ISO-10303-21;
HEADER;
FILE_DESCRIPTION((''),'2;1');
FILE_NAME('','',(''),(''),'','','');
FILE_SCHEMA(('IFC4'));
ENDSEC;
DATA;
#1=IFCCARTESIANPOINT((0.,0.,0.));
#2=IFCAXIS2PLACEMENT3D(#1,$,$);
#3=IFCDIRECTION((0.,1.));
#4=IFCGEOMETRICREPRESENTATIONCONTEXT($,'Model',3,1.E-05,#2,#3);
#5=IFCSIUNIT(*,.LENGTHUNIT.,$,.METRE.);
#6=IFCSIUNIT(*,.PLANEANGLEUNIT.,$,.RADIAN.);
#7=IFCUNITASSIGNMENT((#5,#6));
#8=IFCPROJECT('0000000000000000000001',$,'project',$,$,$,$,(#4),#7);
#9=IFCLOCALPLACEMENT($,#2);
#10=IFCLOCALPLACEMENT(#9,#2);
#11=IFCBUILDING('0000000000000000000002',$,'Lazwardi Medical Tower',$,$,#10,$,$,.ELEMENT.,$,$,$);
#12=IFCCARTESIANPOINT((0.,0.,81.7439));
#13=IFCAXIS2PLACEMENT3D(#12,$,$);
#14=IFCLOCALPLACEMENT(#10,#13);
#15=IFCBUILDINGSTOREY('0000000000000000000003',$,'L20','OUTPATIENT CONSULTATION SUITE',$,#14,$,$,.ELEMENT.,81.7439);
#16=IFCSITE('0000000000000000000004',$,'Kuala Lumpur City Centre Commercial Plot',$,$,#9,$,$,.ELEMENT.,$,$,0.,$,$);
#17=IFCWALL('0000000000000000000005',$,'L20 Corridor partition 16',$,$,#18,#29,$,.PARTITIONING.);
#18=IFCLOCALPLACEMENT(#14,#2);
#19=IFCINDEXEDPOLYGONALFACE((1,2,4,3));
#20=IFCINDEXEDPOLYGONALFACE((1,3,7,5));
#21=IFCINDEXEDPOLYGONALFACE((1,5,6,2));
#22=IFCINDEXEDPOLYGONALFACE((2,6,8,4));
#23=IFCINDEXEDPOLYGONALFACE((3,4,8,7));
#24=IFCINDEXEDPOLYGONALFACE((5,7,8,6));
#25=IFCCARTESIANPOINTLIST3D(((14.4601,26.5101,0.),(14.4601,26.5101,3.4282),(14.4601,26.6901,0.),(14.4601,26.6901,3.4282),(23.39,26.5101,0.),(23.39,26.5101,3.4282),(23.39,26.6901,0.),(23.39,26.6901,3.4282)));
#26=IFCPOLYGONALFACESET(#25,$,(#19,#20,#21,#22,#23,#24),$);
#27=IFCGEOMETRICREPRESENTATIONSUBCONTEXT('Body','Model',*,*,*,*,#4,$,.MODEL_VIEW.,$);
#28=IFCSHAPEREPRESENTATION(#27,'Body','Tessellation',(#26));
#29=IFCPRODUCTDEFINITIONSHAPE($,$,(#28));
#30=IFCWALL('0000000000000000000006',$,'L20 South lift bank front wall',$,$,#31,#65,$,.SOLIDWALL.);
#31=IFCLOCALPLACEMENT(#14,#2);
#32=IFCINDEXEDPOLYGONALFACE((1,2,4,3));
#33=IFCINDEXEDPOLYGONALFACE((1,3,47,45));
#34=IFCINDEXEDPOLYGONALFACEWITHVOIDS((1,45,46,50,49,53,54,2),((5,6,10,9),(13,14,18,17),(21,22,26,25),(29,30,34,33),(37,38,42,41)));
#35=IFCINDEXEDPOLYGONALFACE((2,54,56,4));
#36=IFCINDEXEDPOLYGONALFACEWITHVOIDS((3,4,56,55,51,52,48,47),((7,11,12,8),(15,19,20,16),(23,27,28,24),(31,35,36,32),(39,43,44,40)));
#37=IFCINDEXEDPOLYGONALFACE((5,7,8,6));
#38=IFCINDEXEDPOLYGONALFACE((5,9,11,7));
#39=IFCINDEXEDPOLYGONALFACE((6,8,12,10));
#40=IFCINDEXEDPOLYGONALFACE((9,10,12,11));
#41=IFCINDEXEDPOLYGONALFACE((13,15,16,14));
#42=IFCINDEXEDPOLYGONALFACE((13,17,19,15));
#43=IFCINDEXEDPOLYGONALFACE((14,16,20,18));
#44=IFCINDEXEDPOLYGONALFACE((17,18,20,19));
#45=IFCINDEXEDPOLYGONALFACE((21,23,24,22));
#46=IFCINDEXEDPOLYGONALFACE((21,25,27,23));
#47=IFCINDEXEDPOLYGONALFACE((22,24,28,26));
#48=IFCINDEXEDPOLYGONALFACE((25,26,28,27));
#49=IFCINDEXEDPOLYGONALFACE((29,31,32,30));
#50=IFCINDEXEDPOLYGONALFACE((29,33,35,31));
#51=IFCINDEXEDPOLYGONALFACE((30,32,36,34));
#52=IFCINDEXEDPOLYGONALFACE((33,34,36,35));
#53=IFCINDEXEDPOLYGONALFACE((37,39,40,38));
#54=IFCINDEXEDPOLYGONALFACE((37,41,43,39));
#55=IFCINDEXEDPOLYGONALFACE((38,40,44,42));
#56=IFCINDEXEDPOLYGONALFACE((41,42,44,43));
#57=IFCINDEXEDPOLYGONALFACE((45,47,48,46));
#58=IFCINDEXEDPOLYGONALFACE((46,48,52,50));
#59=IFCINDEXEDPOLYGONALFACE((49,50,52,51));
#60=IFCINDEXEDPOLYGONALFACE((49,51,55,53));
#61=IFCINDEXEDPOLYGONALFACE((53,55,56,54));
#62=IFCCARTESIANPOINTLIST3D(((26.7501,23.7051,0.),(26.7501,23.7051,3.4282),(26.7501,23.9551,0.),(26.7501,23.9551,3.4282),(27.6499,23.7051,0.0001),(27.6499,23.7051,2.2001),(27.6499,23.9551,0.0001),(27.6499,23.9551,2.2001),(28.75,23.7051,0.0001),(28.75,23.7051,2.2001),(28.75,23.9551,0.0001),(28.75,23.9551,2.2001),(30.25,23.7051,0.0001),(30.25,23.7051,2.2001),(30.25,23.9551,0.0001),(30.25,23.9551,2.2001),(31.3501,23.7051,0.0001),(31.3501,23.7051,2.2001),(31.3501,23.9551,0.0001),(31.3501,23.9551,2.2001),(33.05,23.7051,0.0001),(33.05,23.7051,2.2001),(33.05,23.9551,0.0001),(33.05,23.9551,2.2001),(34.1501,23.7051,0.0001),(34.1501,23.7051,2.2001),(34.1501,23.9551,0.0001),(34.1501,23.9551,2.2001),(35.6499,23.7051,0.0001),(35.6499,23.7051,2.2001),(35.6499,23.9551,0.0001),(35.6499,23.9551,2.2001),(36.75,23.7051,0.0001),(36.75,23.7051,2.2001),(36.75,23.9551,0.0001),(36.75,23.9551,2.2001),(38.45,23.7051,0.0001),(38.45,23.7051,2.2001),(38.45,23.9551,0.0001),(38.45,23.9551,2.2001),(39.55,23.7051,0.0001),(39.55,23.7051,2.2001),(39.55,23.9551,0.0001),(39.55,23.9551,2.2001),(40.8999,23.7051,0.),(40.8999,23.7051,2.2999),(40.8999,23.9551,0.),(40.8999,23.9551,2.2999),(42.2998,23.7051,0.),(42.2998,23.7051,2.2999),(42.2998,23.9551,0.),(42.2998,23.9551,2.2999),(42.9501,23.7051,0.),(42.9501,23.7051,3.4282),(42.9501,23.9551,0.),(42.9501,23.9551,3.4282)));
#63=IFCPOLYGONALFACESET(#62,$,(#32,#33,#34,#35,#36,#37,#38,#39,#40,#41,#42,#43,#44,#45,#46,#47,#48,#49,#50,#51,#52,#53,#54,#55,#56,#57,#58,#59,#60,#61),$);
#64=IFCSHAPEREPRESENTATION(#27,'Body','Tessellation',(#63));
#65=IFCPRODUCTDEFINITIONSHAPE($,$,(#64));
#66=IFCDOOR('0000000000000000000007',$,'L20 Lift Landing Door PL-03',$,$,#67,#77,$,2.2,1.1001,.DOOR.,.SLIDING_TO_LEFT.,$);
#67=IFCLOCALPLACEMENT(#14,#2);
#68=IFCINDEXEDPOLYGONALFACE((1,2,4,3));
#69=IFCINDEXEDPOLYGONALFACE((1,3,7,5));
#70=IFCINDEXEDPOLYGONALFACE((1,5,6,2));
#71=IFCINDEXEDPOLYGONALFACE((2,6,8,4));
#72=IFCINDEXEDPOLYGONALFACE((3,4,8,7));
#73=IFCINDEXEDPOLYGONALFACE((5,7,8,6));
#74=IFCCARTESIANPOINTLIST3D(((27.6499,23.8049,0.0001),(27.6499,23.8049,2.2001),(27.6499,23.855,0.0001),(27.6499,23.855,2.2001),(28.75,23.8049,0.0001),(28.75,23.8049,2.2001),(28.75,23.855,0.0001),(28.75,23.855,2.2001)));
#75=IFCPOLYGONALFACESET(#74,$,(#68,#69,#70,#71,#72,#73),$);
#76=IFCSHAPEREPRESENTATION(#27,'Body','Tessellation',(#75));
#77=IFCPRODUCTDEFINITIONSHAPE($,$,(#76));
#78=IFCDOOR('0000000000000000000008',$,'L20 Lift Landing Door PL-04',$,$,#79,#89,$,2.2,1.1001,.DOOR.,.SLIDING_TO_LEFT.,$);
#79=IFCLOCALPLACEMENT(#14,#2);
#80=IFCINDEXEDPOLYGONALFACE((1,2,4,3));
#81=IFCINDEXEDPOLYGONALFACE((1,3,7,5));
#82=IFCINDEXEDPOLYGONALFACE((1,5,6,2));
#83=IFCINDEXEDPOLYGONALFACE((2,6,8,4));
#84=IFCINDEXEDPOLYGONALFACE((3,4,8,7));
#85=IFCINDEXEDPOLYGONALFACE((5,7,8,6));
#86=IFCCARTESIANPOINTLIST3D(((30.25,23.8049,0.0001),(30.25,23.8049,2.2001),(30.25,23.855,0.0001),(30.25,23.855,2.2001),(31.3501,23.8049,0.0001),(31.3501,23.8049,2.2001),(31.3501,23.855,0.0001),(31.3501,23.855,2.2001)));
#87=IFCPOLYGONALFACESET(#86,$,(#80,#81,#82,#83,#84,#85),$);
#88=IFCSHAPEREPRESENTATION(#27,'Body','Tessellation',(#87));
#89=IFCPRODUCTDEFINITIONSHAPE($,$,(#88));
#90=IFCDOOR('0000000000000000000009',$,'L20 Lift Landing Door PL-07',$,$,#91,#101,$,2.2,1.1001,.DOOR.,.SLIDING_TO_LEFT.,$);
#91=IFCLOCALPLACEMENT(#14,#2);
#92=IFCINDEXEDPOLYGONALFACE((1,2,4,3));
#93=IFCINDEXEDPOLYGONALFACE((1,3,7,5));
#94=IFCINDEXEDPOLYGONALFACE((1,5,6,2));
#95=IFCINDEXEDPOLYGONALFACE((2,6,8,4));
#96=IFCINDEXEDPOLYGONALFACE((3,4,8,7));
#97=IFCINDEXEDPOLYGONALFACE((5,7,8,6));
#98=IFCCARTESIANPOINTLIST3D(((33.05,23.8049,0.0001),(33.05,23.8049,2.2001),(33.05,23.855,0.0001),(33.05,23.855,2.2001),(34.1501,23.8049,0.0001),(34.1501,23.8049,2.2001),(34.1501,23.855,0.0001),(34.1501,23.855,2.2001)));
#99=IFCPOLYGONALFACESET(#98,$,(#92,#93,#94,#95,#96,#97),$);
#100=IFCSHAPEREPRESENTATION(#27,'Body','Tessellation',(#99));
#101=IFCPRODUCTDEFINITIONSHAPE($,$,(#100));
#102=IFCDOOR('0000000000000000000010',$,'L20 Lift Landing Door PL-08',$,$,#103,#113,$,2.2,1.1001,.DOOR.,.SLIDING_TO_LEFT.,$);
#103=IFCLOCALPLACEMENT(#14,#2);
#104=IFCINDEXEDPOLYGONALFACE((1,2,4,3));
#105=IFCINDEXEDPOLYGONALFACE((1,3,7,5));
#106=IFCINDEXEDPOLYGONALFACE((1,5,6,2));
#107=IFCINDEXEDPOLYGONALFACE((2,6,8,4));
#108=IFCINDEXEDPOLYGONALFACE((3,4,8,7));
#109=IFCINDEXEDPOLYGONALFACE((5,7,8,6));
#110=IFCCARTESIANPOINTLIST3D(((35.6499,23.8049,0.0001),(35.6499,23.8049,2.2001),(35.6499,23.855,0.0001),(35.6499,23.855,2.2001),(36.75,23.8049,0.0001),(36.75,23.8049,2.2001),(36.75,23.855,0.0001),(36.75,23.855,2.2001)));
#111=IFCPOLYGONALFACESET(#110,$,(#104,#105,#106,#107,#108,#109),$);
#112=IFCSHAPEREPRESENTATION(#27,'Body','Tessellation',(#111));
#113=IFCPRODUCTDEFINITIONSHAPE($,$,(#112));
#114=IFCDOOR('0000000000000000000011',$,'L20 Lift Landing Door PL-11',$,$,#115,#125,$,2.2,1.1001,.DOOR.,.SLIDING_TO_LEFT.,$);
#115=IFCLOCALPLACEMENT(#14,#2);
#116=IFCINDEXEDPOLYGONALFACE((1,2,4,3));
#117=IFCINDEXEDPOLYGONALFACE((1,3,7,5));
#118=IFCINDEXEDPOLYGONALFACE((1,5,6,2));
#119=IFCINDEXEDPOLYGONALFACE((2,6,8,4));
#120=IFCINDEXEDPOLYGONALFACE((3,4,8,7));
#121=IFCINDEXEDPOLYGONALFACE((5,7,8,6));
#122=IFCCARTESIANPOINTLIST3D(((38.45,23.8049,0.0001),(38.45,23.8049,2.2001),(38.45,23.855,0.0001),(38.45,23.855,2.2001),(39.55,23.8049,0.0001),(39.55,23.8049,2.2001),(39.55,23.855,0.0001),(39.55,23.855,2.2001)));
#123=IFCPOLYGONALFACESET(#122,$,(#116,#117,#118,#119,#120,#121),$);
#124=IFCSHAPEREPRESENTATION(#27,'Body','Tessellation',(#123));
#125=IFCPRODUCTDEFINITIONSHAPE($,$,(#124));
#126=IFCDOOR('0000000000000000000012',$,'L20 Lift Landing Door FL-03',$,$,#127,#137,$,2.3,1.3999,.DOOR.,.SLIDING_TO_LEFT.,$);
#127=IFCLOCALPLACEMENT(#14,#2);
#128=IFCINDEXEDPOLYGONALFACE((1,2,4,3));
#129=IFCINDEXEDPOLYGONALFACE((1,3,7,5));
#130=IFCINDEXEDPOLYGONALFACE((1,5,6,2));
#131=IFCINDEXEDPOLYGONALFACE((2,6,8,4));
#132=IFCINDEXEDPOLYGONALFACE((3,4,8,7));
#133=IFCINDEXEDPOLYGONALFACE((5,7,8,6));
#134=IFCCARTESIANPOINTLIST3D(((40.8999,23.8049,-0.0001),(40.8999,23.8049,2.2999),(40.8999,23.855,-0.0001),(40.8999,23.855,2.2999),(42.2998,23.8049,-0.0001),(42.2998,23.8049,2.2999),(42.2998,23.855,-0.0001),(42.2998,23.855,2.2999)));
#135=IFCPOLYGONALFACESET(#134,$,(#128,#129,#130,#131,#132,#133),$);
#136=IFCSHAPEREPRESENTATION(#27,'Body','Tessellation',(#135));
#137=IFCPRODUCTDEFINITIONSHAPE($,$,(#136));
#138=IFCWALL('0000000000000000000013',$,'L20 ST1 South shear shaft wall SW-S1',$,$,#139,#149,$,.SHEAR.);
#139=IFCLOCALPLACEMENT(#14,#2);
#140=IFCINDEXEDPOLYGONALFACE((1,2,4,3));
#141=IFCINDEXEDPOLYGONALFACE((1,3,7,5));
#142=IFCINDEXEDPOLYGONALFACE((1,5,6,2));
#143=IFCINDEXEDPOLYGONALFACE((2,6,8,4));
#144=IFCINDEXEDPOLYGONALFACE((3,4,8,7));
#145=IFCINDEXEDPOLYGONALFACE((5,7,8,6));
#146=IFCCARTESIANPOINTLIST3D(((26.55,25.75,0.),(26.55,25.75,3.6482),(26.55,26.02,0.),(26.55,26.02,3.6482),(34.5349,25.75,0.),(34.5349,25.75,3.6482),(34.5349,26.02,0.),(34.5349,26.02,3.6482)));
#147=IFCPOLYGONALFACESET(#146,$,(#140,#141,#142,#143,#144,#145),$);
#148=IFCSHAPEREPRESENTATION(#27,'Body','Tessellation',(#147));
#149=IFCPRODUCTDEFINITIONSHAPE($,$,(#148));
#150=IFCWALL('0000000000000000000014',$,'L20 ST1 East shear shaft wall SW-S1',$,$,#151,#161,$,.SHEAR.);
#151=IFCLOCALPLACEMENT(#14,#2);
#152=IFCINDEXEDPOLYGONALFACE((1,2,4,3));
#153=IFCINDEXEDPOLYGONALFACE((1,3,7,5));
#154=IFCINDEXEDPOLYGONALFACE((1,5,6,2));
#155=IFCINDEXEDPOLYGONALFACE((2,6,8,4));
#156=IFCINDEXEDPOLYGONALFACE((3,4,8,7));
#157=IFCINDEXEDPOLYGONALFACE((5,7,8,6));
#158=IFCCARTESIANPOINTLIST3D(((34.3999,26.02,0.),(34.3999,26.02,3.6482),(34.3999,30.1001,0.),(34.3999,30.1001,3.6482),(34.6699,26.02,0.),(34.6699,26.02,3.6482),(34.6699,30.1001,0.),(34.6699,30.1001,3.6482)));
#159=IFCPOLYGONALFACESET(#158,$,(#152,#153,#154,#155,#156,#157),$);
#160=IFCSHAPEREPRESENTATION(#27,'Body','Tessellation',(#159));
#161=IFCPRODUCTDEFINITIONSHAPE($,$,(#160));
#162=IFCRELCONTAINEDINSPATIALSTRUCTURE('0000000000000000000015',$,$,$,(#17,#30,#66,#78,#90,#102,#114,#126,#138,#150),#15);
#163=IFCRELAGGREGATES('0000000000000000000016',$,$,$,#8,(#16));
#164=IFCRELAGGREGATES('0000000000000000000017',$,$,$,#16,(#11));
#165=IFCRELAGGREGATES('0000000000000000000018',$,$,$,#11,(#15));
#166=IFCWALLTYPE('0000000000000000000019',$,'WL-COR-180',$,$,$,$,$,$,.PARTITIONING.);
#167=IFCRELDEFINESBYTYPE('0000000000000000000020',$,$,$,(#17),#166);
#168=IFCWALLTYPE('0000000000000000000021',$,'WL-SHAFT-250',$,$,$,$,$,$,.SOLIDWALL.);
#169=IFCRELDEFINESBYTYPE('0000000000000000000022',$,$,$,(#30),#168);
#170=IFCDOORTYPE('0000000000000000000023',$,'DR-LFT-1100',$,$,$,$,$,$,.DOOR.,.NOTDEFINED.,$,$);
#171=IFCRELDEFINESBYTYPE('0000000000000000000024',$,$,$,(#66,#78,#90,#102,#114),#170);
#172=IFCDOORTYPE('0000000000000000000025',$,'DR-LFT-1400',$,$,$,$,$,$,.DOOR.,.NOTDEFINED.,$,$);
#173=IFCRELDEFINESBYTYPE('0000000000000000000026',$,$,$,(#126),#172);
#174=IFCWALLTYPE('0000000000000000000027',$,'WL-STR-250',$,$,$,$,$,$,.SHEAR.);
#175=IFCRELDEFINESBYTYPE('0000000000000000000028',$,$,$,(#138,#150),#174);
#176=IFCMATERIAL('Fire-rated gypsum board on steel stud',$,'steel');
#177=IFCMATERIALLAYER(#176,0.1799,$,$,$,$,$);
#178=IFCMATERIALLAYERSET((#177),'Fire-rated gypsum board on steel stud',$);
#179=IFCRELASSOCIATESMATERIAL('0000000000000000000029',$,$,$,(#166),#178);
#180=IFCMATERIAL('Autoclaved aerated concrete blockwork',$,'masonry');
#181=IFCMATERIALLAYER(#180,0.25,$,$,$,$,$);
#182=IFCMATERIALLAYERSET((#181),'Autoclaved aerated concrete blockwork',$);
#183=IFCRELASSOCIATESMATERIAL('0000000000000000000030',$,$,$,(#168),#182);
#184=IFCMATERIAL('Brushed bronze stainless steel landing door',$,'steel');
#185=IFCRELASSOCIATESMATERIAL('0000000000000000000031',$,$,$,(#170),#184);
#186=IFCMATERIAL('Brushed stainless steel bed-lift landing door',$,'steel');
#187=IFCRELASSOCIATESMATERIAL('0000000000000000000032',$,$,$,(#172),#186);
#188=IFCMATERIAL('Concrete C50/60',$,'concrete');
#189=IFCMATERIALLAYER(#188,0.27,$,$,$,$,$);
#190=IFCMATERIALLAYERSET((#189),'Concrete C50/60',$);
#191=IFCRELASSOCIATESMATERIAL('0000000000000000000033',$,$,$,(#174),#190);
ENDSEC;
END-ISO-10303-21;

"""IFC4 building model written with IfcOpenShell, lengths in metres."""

from ifc_helpers import new_model, si_unit, direction, frame, frame_2d, origin, place, context, subcontext, project, spatial, rectangle, extrude, material, layer, layer_set, type_object, element, fill, save


model = new_model("IFC4")

# Units and contexts
model_context = context("Model", 3, precision=1e-05, world=origin(), true_north=direction((0.0, 1.0)))
body_context = subcontext(model_context, "Body", "Model", "MODEL_VIEW")
ifc_project = project(units=[si_unit("LENGTHUNIT", "METRE"), si_unit("PLANEANGLEUNIT", "RADIAN")], contexts=[model_context])

# Site, building, storey
site_placement = place(None, origin())
site = spatial("IfcSite", under=ifc_project, at=site_placement, Name="Kuala Lumpur City Centre Commercial Plot", CompositionType="ELEMENT", RefElevation=0.0)
building_placement = place(site_placement, origin())
building = spatial("IfcBuilding", under=site, at=building_placement, Name="Lazwardi Medical Tower", CompositionType="ELEMENT")
storey_placement = place(building_placement, frame((0.0, 0.0, 81.7439)))
storey = spatial("IfcBuildingStorey", under=building, at=storey_placement, Name="L20", Description="OUTPATIENT CONSULTATION SUITE", CompositionType="ELEMENT", Elevation=81.7439)

# Wall
ifc_material_1 = material(Name="Fire-rated gypsum board on steel stud", Category="steel")
ifc_layer_1 = layer(ifc_material_1, 0.1799)
ifc_layer_set_1 = layer_set([ifc_layer_1], Name="Fire-rated gypsum board on steel stud")
wall_type_1 = type_object("IfcWallType", Name="WL-COR-180", PredefinedType="PARTITIONING", material=ifc_layer_set_1)
wall_1_placement = place(storey_placement, frame((23.3899, 26.6001, 0.0), z_axis=(0.0, 0.0, 1.0), x_axis=(-1.0, 0.0, 0.0)))
element("IfcWall", 1, at=wall_1_placement, inside=storey, type_object=wall_type_1, Name="L20 Corridor partition 16", PredefinedType="PARTITIONING", context=body_context, shape_type="SweptSolid", body=[
    extrude(rectangle(XDim=8.9299, YDim=0.1799, at=frame_2d((4.4648, 0.0))), origin(), (0.0, 0.0, 1.0), 3.4282),
])

# Wall, openings, doors
ifc_material_2 = material(Name="Autoclaved aerated concrete blockwork", Category="masonry")
ifc_layer_2 = layer(ifc_material_2, 0.25)
ifc_layer_set_2 = layer_set([ifc_layer_2], Name="Autoclaved aerated concrete blockwork")
wall_type_2 = type_object("IfcWallType", Name="WL-SHAFT-250", PredefinedType="SOLIDWALL", material=ifc_layer_set_2)
wall_2_placement = place(storey_placement, frame((26.75, 23.8301, 0.0), z_axis=(0.0, 0.0, 1.0), x_axis=(1.0, 0.0, 0.0)))
wall_2 = element("IfcWall", 2, at=wall_2_placement, inside=storey, type_object=wall_type_2, Name="L20 South lift bank front wall", PredefinedType="SOLIDWALL", context=body_context, shape_type="SweptSolid", body=[
    extrude(rectangle(XDim=16.2, YDim=0.25, at=frame_2d((8.1001, 0.0))), origin(), (0.0, 0.0, 1.0), 3.4282),
])
opening_1_placement = place(wall_2_placement, frame((0.8999, 0.0, 0.0)))
opening_1 = element("IfcOpeningElement", 3, at=opening_1_placement, cuts=wall_2, PredefinedType="OPENING", context=body_context, shape_type="SweptSolid", body=[
    extrude(rectangle(XDim=1.1001, YDim=2.2, at=frame_2d((0.55, 1.1001))), frame((0.0, 0.135, 0.0), z_axis=(0.0, -1.0, 0.0), x_axis=(1.0, 0.0, 0.0)), (0.0, 0.0, 1.0), 0.27),
])
opening_2_placement = place(wall_2_placement, frame((3.5, 0.0, 0.0)))
opening_2 = element("IfcOpeningElement", 4, at=opening_2_placement, cuts=wall_2, PredefinedType="OPENING", context=body_context, shape_type="SweptSolid", body=[
    extrude(rectangle(XDim=1.1001, YDim=2.2, at=frame_2d((0.55, 1.1001))), frame((0.0, 0.135, 0.0), z_axis=(0.0, -1.0, 0.0), x_axis=(1.0, 0.0, 0.0)), (0.0, 0.0, 1.0), 0.27),
])
opening_3_placement = place(wall_2_placement, frame((6.3, 0.0, 0.0)))
opening_3 = element("IfcOpeningElement", 5, at=opening_3_placement, cuts=wall_2, PredefinedType="OPENING", context=body_context, shape_type="SweptSolid", body=[
    extrude(rectangle(XDim=1.1001, YDim=2.2, at=frame_2d((0.55, 1.1001))), frame((0.0, 0.135, 0.0), z_axis=(0.0, -1.0, 0.0), x_axis=(1.0, 0.0, 0.0)), (0.0, 0.0, 1.0), 0.27),
])
opening_4_placement = place(wall_2_placement, frame((8.8999, 0.0, 0.0)))
opening_4 = element("IfcOpeningElement", 6, at=opening_4_placement, cuts=wall_2, PredefinedType="OPENING", context=body_context, shape_type="SweptSolid", body=[
    extrude(rectangle(XDim=1.1001, YDim=2.2, at=frame_2d((0.55, 1.1001))), frame((0.0, 0.135, 0.0), z_axis=(0.0, -1.0, 0.0), x_axis=(1.0, 0.0, 0.0)), (0.0, 0.0, 1.0), 0.27),
])
opening_5_placement = place(wall_2_placement, frame((11.7, 0.0, 0.0)))
opening_5 = element("IfcOpeningElement", 7, at=opening_5_placement, cuts=wall_2, PredefinedType="OPENING", context=body_context, shape_type="SweptSolid", body=[
    extrude(rectangle(XDim=1.1001, YDim=2.2, at=frame_2d((0.55, 1.1001))), frame((0.0, 0.135, 0.0), z_axis=(0.0, -1.0, 0.0), x_axis=(1.0, 0.0, 0.0)), (0.0, 0.0, 1.0), 0.27),
])
opening_6_placement = place(wall_2_placement, frame((14.1499, 0.0, 0.0)))
opening_6 = element("IfcOpeningElement", 8, at=opening_6_placement, cuts=wall_2, PredefinedType="OPENING", context=body_context, shape_type="SweptSolid", body=[
    extrude(rectangle(XDim=1.3999, YDim=2.3, at=frame_2d((0.7, 1.1499))), frame((0.0, 0.135, 0.0), z_axis=(0.0, -1.0, 0.0), x_axis=(1.0, 0.0, 0.0)), (0.0, 0.0, 1.0), 0.27),
])
ifc_material_3 = material(Name="Brushed bronze stainless steel landing door", Category="steel")
door_type_1 = type_object("IfcDoorType", Name="DR-LFT-1100", OperationType="NOTDEFINED", PredefinedType="DOOR", material=ifc_material_3)
door_1_placement = place(opening_1_placement, origin())
door_1 = element("IfcDoor", 9, at=door_1_placement, inside=storey, type_object=door_type_1, Name="L20 Lift Landing Door PL-03", OperationType="SLIDING_TO_LEFT", OverallHeight=2.2, OverallWidth=1.1001, PredefinedType="DOOR", context=body_context, shape_type="SweptSolid", body=[
    extrude(rectangle(XDim=1.1001, YDim=2.2, at=frame_2d((0.55, 1.1001))), frame((0.0, 0.0249, 0.0), z_axis=(0.0, -1.0, 0.0), x_axis=(1.0, 0.0, 0.0)), (0.0, 0.0, 1.0), 0.05),
])
fill(opening_1, door_1)
door_2_placement = place(opening_2_placement, origin())
door_2 = element("IfcDoor", 10, at=door_2_placement, inside=storey, type_object=door_type_1, Name="L20 Lift Landing Door PL-04", OperationType="SLIDING_TO_LEFT", OverallHeight=2.2, OverallWidth=1.1001, PredefinedType="DOOR", context=body_context, shape_type="SweptSolid", body=[
    extrude(rectangle(XDim=1.1001, YDim=2.2, at=frame_2d((0.55, 1.1001))), frame((0.0, 0.0249, 0.0), z_axis=(0.0, -1.0, 0.0), x_axis=(1.0, 0.0, 0.0)), (0.0, 0.0, 1.0), 0.05),
])
fill(opening_2, door_2)
door_3_placement = place(opening_3_placement, origin())
door_3 = element("IfcDoor", 11, at=door_3_placement, inside=storey, type_object=door_type_1, Name="L20 Lift Landing Door PL-07", OperationType="SLIDING_TO_LEFT", OverallHeight=2.2, OverallWidth=1.1001, PredefinedType="DOOR", context=body_context, shape_type="SweptSolid", body=[
    extrude(rectangle(XDim=1.1001, YDim=2.2, at=frame_2d((0.55, 1.1001))), frame((0.0, 0.0249, 0.0), z_axis=(0.0, -1.0, 0.0), x_axis=(1.0, 0.0, 0.0)), (0.0, 0.0, 1.0), 0.05),
])
fill(opening_3, door_3)
door_4_placement = place(opening_4_placement, origin())
door_4 = element("IfcDoor", 12, at=door_4_placement, inside=storey, type_object=door_type_1, Name="L20 Lift Landing Door PL-08", OperationType="SLIDING_TO_LEFT", OverallHeight=2.2, OverallWidth=1.1001, PredefinedType="DOOR", context=body_context, shape_type="SweptSolid", body=[
    extrude(rectangle(XDim=1.1001, YDim=2.2, at=frame_2d((0.55, 1.1001))), frame((0.0, 0.0249, 0.0), z_axis=(0.0, -1.0, 0.0), x_axis=(1.0, 0.0, 0.0)), (0.0, 0.0, 1.0), 0.05),
])
fill(opening_4, door_4)
door_5_placement = place(opening_5_placement, origin())
door_5 = element("IfcDoor", 13, at=door_5_placement, inside=storey, type_object=door_type_1, Name="L20 Lift Landing Door PL-11", OperationType="SLIDING_TO_LEFT", OverallHeight=2.2, OverallWidth=1.1001, PredefinedType="DOOR", context=body_context, shape_type="SweptSolid", body=[
    extrude(rectangle(XDim=1.1001, YDim=2.2, at=frame_2d((0.55, 1.1001))), frame((0.0, 0.0249, 0.0), z_axis=(0.0, -1.0, 0.0), x_axis=(1.0, 0.0, 0.0)), (0.0, 0.0, 1.0), 0.05),
])
fill(opening_5, door_5)
ifc_material_4 = material(Name="Brushed stainless steel bed-lift landing door", Category="steel")
door_type_2 = type_object("IfcDoorType", Name="DR-LFT-1400", OperationType="NOTDEFINED", PredefinedType="DOOR", material=ifc_material_4)
door_6_placement = place(opening_6_placement, origin())
door_6 = element("IfcDoor", 14, at=door_6_placement, inside=storey, type_object=door_type_2, Name="L20 Lift Landing Door FL-03", OperationType="SLIDING_TO_LEFT", OverallHeight=2.3, OverallWidth=1.3999, PredefinedType="DOOR", context=body_context, shape_type="SweptSolid", body=[
    extrude(rectangle(XDim=1.3999, YDim=2.3, at=frame_2d((0.7, 1.1499))), frame((0.0, 0.0249, 0.0), z_axis=(0.0, -1.0, 0.0), x_axis=(1.0, 0.0, 0.0)), (0.0, 0.0, 1.0), 0.05),
])
fill(opening_6, door_6)

# Wall
ifc_material_5 = material(Name="Concrete C50/60", Category="concrete")
ifc_layer_3 = layer(ifc_material_5, 0.27)
ifc_layer_set_3 = layer_set([ifc_layer_3], Name="Concrete C50/60")
wall_type_3 = type_object("IfcWallType", Name="WL-STR-250", PredefinedType="SHEAR", material=ifc_layer_set_3)
wall_3_placement = place(storey_placement, frame((26.55, 25.885, 0.0), z_axis=(0.0, 0.0, 1.0), x_axis=(1.0, 0.0, 0.0)))
element("IfcWall", 15, at=wall_3_placement, inside=storey, type_object=wall_type_3, Name="L20 ST1 South shear shaft wall SW-S1", PredefinedType="SHEAR", context=body_context, shape_type="SweptSolid", body=[
    extrude(rectangle(XDim=7.9849, YDim=0.27, at=frame_2d((3.9924, 0.0))), origin(), (0.0, 0.0, 1.0), 3.6482),
])

# Wall
wall_4_placement = place(storey_placement, frame((34.5349, 26.02, 0.0), z_axis=(0.0, 0.0, 1.0), x_axis=(0.0, 1.0, 0.0)))
element("IfcWall", 16, at=wall_4_placement, inside=storey, type_object=wall_type_3, Name="L20 ST1 East shear shaft wall SW-S1", PredefinedType="SHEAR", context=body_context, shape_type="SweptSolid", body=[
    extrude(rectangle(XDim=4.0801, YDim=0.27, at=frame_2d((2.04, 0.0))), origin(), (0.0, 0.0, 1.0), 3.6482),
])

save(model, "model.ifc")
